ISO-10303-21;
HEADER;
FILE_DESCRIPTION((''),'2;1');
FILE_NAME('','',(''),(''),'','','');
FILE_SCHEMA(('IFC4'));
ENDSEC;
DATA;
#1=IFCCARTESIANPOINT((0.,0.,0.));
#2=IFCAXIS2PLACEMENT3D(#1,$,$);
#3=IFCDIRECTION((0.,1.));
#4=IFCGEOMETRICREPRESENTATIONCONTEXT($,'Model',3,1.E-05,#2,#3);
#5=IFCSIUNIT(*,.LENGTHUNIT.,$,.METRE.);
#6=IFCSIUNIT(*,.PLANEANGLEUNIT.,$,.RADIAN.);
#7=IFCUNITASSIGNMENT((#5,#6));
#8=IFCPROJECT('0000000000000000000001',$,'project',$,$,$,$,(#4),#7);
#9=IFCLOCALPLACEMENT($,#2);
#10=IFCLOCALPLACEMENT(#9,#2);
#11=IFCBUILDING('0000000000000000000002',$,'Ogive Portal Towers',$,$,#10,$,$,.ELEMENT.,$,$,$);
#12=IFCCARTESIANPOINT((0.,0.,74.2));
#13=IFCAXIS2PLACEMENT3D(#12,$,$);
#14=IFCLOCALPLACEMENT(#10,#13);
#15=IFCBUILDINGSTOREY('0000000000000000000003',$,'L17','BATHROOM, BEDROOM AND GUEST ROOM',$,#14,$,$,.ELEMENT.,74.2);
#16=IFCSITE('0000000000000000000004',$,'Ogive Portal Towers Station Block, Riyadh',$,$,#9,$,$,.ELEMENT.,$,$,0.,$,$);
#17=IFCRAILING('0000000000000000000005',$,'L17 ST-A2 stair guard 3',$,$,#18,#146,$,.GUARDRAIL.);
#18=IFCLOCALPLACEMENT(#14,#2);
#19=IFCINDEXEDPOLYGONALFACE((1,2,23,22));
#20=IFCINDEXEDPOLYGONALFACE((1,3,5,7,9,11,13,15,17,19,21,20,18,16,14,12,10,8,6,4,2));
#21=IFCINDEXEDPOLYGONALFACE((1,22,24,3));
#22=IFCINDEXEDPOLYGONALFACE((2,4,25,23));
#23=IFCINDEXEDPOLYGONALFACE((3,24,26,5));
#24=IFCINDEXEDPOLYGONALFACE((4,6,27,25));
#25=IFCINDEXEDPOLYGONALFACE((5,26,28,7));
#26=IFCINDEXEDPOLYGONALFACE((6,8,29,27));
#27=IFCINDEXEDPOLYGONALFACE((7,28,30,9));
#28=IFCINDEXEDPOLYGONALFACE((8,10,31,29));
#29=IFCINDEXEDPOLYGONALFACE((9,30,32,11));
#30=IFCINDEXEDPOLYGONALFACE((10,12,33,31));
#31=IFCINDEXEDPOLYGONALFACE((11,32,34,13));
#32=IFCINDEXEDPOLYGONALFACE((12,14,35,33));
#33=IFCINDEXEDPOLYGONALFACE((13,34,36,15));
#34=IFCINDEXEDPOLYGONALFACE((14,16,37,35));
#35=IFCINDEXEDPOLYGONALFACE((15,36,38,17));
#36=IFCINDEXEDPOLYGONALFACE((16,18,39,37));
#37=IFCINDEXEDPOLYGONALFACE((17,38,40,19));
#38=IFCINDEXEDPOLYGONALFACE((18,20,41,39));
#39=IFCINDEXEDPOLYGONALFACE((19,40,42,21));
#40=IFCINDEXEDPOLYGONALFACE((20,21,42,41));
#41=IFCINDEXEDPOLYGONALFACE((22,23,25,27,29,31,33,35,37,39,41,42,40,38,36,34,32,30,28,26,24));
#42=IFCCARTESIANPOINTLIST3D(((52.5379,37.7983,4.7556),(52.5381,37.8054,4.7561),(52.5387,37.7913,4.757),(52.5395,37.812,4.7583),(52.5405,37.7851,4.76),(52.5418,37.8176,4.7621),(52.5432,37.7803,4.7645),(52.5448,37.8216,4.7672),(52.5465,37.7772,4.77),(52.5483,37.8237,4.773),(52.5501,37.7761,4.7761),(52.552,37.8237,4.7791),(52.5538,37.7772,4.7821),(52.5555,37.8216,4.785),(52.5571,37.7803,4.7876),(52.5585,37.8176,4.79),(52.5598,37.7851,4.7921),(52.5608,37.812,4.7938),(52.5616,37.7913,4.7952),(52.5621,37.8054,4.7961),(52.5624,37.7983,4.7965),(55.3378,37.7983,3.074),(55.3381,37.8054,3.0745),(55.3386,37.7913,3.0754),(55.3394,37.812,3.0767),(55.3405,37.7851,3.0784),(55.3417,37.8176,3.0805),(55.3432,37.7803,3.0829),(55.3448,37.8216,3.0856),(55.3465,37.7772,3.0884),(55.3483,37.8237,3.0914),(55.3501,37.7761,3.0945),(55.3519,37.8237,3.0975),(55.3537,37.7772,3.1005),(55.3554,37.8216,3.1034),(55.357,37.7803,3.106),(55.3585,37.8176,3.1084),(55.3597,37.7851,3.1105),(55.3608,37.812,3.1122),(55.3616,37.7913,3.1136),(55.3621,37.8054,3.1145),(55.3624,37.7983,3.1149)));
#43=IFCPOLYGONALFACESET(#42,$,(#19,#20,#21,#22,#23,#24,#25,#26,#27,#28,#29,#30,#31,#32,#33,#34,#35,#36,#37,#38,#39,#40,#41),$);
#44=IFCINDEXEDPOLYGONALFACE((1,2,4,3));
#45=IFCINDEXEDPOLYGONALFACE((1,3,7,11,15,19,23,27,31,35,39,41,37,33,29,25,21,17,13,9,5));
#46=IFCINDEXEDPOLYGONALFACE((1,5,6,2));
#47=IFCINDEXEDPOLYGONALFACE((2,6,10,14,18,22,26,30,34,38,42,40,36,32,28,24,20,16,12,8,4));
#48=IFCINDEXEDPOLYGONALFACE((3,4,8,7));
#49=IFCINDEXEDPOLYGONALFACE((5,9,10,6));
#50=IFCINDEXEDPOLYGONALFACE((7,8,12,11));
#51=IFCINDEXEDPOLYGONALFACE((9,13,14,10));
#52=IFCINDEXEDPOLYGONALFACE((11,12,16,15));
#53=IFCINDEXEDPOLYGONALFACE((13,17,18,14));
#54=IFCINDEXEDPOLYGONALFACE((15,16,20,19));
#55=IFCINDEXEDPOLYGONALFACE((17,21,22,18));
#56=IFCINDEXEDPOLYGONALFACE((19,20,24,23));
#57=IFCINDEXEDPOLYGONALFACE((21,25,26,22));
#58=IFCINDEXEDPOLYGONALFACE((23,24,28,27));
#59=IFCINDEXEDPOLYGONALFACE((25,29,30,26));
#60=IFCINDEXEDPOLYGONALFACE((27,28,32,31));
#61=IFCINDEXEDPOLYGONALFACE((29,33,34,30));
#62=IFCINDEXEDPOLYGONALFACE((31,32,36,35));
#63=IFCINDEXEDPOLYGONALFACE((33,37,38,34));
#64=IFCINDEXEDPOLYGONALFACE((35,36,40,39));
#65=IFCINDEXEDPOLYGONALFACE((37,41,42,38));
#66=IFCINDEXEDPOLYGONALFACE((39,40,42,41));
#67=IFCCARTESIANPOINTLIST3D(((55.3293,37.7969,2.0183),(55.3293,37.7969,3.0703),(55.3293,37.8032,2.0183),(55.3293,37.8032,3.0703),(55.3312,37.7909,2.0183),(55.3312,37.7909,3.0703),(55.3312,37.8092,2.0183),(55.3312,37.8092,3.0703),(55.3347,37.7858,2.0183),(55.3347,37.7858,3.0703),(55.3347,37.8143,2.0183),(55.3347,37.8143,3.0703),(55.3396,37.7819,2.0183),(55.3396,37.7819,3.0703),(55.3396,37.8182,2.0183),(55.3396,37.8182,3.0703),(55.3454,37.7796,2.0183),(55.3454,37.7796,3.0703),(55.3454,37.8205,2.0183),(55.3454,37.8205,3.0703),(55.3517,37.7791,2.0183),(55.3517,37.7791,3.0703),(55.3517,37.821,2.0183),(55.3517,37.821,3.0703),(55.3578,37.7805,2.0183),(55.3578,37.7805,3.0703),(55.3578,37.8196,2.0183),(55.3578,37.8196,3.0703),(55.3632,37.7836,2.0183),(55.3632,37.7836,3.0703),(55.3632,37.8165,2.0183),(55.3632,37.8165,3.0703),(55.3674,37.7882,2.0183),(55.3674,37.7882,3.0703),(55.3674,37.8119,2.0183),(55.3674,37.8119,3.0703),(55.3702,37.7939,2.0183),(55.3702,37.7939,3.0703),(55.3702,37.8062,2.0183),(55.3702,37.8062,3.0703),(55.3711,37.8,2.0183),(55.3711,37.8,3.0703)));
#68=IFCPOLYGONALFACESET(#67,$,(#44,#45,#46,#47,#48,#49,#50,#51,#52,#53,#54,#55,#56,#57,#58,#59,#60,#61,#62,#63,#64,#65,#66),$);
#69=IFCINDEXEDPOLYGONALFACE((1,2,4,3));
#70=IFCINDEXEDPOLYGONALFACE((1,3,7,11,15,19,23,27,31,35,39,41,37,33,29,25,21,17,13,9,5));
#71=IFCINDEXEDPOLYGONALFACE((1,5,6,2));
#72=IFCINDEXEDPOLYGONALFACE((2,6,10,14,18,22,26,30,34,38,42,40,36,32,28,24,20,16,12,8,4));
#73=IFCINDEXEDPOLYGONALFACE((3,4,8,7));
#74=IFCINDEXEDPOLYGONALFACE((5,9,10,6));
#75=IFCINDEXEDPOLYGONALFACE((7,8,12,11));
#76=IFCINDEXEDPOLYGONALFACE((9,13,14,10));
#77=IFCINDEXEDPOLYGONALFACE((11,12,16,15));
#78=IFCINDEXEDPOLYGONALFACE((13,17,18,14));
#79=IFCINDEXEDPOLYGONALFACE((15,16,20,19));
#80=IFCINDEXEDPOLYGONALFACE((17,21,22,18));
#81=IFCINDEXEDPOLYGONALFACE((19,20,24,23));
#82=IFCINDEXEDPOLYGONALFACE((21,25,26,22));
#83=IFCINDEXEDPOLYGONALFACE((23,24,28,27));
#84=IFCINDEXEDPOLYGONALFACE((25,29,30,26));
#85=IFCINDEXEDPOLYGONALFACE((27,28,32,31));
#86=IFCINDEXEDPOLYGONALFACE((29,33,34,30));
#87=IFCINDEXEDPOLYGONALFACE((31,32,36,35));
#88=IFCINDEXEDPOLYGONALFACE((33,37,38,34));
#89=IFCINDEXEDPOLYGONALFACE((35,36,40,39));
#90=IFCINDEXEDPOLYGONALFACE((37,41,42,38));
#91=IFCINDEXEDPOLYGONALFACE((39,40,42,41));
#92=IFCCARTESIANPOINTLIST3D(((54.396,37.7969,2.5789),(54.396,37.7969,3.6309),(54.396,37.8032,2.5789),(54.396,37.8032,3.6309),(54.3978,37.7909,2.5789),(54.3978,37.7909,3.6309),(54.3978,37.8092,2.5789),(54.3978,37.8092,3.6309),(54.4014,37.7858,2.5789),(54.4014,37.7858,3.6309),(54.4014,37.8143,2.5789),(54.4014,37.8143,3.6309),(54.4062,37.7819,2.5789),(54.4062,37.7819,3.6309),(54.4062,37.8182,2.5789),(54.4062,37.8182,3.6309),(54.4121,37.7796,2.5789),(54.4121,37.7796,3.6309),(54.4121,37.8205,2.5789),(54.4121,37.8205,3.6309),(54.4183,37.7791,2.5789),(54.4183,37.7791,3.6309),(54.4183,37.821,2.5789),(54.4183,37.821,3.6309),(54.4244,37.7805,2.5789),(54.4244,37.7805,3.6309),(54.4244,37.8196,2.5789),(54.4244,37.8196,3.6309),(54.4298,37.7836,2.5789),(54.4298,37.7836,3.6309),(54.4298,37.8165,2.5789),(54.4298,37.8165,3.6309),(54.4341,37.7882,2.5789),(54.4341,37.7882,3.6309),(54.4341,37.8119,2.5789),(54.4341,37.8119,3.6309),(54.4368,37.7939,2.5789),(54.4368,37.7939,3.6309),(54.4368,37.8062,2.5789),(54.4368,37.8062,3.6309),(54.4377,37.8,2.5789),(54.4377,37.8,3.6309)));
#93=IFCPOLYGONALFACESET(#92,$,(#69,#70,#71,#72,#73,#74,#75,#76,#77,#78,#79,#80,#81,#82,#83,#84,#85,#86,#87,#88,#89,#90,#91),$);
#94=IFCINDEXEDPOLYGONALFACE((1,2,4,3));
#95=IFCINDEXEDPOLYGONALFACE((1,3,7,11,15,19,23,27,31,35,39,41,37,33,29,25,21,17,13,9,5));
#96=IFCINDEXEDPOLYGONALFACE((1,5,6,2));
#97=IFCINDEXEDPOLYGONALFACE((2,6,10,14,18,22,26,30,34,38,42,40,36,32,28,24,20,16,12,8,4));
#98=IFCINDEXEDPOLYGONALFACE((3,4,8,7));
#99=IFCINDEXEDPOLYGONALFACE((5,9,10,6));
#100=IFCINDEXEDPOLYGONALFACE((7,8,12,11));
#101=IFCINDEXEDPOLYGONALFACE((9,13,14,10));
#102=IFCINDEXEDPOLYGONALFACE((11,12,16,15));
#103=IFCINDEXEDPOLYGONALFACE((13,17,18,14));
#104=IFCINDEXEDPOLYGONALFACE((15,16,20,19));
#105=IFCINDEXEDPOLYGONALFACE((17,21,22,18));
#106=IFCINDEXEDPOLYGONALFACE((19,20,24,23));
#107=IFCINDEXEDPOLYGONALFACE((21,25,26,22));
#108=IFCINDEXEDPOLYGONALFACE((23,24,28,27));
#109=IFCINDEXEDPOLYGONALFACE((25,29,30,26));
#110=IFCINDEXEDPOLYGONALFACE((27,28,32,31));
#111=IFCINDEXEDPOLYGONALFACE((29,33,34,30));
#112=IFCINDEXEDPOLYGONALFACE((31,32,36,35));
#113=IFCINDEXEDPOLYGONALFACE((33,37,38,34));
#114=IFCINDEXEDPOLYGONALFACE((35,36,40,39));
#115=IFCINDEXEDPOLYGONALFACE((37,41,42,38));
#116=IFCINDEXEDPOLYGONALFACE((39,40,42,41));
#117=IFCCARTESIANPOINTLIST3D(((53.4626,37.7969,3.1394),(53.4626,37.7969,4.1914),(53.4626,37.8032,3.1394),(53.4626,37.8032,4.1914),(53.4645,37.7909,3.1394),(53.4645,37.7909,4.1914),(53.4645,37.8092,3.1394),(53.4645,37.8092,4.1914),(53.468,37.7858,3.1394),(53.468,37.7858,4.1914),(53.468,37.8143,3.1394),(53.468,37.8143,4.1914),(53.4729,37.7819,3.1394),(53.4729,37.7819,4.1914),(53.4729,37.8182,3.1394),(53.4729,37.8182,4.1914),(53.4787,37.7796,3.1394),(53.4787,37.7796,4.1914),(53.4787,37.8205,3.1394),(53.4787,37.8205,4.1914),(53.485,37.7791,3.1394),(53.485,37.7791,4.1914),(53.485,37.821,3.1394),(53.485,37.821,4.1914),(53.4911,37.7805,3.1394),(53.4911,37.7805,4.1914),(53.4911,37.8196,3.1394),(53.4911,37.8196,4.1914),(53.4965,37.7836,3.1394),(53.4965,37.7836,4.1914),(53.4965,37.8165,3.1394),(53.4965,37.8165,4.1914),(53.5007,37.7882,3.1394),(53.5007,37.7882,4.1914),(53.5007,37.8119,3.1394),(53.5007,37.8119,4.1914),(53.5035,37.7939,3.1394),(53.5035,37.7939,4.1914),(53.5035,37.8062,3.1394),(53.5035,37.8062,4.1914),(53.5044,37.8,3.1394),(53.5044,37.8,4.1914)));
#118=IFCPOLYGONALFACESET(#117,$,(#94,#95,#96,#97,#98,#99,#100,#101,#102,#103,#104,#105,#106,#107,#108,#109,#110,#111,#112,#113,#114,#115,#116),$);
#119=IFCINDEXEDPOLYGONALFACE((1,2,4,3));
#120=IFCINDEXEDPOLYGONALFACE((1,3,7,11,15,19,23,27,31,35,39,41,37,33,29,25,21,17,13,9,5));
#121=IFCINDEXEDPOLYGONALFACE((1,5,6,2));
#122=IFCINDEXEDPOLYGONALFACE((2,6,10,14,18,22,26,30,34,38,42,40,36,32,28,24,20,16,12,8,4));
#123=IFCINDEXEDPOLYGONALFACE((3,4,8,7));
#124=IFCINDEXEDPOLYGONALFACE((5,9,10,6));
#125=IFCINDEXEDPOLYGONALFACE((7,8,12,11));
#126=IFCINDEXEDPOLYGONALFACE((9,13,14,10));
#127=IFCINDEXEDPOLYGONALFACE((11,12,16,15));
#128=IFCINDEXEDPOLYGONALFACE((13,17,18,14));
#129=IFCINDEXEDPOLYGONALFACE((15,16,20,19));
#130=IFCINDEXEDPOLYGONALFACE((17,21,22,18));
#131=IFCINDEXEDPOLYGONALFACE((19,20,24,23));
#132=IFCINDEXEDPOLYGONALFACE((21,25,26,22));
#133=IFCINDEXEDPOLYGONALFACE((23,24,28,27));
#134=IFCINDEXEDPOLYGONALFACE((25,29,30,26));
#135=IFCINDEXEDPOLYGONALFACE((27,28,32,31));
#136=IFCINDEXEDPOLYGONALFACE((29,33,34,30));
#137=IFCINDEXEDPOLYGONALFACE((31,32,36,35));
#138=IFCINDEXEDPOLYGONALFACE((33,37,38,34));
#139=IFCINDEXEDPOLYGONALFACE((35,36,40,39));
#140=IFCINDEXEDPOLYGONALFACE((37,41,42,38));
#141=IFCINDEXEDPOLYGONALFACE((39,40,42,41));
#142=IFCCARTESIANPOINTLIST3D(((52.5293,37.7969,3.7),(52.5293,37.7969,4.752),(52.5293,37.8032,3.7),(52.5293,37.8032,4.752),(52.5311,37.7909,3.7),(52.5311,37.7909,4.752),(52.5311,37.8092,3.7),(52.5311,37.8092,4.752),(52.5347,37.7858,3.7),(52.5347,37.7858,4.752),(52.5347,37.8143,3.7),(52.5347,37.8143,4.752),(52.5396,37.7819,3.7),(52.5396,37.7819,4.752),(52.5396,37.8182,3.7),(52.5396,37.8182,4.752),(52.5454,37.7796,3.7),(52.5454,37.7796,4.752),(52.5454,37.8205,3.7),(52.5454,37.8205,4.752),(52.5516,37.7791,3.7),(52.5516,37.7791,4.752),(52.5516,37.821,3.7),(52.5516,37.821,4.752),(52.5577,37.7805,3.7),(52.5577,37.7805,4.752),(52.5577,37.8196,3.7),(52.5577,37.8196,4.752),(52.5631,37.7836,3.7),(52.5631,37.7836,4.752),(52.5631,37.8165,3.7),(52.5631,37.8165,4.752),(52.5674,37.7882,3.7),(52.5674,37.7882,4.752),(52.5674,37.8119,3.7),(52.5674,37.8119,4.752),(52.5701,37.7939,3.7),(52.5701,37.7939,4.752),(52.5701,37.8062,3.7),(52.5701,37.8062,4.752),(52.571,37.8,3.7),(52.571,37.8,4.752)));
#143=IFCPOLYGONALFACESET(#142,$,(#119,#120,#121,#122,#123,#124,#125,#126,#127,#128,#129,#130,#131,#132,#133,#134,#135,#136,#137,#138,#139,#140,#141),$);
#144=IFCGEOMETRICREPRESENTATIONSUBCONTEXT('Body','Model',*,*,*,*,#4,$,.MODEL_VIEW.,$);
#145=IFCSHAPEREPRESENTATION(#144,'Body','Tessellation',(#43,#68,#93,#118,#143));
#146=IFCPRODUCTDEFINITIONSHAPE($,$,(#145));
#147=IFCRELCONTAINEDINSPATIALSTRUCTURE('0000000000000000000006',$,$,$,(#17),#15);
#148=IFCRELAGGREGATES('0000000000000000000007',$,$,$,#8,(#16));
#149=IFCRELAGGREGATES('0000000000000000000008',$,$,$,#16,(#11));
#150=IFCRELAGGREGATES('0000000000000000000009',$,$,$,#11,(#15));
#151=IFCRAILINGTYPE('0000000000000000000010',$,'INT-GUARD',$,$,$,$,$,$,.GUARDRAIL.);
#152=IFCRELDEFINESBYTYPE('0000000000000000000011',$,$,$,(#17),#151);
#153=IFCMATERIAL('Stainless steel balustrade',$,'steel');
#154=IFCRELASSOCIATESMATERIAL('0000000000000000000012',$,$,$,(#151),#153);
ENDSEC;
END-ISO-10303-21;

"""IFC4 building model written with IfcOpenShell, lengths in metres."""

from ifc_helpers import new_model, si_unit, direction, frame, origin, origin_2d, place, context, subcontext, project, spatial, circle, extrude, material, type_object, element, save


model = new_model("IFC4")

# Units and contexts
model_context = context("Model", 3, precision=1e-05, world=origin(), true_north=direction((0.0, 1.0)))
body_context = subcontext(model_context, "Body", "Model", "MODEL_VIEW")
ifc_project = project(units=[si_unit("LENGTHUNIT", "METRE"), si_unit("PLANEANGLEUNIT", "RADIAN")], contexts=[model_context])

# Site, building, storey
site_placement = place(None, origin())
site = spatial("IfcSite", under=ifc_project, at=site_placement, Name="Ogive Portal Towers Station Block, Riyadh", CompositionType="ELEMENT", RefElevation=0.0)
building_placement = place(site_placement, origin())
building = spatial("IfcBuilding", under=site, at=building_placement, Name="Ogive Portal Towers", CompositionType="ELEMENT")
storey_placement = place(building_placement, frame((0.0, 0.0, 74.2)))
storey = spatial("IfcBuildingStorey", under=building, at=storey_placement, Name="L17", Description="BATHROOM, BEDROOM AND GUEST ROOM", CompositionType="ELEMENT", Elevation=74.2)

# Railing
ifc_material_1 = material(Name="Stainless steel balustrade", Category="steel")
railing_type_1 = type_object("IfcRailingType", Name="INT-GUARD", PredefinedType="GUARDRAIL", material=ifc_material_1)
railing_1_placement = place(storey_placement, frame((55.3501, 37.8, 2.0183)))
element("IfcRailing", 1, at=railing_1_placement, inside=storey, type_object=railing_type_1, Name="L17 ST-A2 stair guard 3", PredefinedType="GUARDRAIL", context=body_context, shape_type="SweptSolid", body=[
    extrude(circle(Radius=0.0239, at=origin_2d()), frame((0.0, 0.0, 1.0762), z_axis=(-0.857275, 0.0, 0.514858), x_axis=(0.0, -1.0, 0.0)), (0.0, 0.0, 1.0), 3.2661),
    extrude(circle(Radius=0.021, at=origin_2d()), origin(), (0.0, 0.0, 1.0), 1.052),
    extrude(circle(Radius=0.021, at=origin_2d()), frame((-0.9333, 0.0, 0.5605)), (0.0, 0.0, 1.0), 1.052),
    extrude(circle(Radius=0.021, at=origin_2d()), frame((-1.8667, 0.0, 1.1211)), (0.0, 0.0, 1.0), 1.052),
    extrude(circle(Radius=0.021, at=origin_2d()), frame((-2.8, 0.0, 1.6816)), (0.0, 0.0, 1.0), 1.052),
])

save(model, "model.ifc")
